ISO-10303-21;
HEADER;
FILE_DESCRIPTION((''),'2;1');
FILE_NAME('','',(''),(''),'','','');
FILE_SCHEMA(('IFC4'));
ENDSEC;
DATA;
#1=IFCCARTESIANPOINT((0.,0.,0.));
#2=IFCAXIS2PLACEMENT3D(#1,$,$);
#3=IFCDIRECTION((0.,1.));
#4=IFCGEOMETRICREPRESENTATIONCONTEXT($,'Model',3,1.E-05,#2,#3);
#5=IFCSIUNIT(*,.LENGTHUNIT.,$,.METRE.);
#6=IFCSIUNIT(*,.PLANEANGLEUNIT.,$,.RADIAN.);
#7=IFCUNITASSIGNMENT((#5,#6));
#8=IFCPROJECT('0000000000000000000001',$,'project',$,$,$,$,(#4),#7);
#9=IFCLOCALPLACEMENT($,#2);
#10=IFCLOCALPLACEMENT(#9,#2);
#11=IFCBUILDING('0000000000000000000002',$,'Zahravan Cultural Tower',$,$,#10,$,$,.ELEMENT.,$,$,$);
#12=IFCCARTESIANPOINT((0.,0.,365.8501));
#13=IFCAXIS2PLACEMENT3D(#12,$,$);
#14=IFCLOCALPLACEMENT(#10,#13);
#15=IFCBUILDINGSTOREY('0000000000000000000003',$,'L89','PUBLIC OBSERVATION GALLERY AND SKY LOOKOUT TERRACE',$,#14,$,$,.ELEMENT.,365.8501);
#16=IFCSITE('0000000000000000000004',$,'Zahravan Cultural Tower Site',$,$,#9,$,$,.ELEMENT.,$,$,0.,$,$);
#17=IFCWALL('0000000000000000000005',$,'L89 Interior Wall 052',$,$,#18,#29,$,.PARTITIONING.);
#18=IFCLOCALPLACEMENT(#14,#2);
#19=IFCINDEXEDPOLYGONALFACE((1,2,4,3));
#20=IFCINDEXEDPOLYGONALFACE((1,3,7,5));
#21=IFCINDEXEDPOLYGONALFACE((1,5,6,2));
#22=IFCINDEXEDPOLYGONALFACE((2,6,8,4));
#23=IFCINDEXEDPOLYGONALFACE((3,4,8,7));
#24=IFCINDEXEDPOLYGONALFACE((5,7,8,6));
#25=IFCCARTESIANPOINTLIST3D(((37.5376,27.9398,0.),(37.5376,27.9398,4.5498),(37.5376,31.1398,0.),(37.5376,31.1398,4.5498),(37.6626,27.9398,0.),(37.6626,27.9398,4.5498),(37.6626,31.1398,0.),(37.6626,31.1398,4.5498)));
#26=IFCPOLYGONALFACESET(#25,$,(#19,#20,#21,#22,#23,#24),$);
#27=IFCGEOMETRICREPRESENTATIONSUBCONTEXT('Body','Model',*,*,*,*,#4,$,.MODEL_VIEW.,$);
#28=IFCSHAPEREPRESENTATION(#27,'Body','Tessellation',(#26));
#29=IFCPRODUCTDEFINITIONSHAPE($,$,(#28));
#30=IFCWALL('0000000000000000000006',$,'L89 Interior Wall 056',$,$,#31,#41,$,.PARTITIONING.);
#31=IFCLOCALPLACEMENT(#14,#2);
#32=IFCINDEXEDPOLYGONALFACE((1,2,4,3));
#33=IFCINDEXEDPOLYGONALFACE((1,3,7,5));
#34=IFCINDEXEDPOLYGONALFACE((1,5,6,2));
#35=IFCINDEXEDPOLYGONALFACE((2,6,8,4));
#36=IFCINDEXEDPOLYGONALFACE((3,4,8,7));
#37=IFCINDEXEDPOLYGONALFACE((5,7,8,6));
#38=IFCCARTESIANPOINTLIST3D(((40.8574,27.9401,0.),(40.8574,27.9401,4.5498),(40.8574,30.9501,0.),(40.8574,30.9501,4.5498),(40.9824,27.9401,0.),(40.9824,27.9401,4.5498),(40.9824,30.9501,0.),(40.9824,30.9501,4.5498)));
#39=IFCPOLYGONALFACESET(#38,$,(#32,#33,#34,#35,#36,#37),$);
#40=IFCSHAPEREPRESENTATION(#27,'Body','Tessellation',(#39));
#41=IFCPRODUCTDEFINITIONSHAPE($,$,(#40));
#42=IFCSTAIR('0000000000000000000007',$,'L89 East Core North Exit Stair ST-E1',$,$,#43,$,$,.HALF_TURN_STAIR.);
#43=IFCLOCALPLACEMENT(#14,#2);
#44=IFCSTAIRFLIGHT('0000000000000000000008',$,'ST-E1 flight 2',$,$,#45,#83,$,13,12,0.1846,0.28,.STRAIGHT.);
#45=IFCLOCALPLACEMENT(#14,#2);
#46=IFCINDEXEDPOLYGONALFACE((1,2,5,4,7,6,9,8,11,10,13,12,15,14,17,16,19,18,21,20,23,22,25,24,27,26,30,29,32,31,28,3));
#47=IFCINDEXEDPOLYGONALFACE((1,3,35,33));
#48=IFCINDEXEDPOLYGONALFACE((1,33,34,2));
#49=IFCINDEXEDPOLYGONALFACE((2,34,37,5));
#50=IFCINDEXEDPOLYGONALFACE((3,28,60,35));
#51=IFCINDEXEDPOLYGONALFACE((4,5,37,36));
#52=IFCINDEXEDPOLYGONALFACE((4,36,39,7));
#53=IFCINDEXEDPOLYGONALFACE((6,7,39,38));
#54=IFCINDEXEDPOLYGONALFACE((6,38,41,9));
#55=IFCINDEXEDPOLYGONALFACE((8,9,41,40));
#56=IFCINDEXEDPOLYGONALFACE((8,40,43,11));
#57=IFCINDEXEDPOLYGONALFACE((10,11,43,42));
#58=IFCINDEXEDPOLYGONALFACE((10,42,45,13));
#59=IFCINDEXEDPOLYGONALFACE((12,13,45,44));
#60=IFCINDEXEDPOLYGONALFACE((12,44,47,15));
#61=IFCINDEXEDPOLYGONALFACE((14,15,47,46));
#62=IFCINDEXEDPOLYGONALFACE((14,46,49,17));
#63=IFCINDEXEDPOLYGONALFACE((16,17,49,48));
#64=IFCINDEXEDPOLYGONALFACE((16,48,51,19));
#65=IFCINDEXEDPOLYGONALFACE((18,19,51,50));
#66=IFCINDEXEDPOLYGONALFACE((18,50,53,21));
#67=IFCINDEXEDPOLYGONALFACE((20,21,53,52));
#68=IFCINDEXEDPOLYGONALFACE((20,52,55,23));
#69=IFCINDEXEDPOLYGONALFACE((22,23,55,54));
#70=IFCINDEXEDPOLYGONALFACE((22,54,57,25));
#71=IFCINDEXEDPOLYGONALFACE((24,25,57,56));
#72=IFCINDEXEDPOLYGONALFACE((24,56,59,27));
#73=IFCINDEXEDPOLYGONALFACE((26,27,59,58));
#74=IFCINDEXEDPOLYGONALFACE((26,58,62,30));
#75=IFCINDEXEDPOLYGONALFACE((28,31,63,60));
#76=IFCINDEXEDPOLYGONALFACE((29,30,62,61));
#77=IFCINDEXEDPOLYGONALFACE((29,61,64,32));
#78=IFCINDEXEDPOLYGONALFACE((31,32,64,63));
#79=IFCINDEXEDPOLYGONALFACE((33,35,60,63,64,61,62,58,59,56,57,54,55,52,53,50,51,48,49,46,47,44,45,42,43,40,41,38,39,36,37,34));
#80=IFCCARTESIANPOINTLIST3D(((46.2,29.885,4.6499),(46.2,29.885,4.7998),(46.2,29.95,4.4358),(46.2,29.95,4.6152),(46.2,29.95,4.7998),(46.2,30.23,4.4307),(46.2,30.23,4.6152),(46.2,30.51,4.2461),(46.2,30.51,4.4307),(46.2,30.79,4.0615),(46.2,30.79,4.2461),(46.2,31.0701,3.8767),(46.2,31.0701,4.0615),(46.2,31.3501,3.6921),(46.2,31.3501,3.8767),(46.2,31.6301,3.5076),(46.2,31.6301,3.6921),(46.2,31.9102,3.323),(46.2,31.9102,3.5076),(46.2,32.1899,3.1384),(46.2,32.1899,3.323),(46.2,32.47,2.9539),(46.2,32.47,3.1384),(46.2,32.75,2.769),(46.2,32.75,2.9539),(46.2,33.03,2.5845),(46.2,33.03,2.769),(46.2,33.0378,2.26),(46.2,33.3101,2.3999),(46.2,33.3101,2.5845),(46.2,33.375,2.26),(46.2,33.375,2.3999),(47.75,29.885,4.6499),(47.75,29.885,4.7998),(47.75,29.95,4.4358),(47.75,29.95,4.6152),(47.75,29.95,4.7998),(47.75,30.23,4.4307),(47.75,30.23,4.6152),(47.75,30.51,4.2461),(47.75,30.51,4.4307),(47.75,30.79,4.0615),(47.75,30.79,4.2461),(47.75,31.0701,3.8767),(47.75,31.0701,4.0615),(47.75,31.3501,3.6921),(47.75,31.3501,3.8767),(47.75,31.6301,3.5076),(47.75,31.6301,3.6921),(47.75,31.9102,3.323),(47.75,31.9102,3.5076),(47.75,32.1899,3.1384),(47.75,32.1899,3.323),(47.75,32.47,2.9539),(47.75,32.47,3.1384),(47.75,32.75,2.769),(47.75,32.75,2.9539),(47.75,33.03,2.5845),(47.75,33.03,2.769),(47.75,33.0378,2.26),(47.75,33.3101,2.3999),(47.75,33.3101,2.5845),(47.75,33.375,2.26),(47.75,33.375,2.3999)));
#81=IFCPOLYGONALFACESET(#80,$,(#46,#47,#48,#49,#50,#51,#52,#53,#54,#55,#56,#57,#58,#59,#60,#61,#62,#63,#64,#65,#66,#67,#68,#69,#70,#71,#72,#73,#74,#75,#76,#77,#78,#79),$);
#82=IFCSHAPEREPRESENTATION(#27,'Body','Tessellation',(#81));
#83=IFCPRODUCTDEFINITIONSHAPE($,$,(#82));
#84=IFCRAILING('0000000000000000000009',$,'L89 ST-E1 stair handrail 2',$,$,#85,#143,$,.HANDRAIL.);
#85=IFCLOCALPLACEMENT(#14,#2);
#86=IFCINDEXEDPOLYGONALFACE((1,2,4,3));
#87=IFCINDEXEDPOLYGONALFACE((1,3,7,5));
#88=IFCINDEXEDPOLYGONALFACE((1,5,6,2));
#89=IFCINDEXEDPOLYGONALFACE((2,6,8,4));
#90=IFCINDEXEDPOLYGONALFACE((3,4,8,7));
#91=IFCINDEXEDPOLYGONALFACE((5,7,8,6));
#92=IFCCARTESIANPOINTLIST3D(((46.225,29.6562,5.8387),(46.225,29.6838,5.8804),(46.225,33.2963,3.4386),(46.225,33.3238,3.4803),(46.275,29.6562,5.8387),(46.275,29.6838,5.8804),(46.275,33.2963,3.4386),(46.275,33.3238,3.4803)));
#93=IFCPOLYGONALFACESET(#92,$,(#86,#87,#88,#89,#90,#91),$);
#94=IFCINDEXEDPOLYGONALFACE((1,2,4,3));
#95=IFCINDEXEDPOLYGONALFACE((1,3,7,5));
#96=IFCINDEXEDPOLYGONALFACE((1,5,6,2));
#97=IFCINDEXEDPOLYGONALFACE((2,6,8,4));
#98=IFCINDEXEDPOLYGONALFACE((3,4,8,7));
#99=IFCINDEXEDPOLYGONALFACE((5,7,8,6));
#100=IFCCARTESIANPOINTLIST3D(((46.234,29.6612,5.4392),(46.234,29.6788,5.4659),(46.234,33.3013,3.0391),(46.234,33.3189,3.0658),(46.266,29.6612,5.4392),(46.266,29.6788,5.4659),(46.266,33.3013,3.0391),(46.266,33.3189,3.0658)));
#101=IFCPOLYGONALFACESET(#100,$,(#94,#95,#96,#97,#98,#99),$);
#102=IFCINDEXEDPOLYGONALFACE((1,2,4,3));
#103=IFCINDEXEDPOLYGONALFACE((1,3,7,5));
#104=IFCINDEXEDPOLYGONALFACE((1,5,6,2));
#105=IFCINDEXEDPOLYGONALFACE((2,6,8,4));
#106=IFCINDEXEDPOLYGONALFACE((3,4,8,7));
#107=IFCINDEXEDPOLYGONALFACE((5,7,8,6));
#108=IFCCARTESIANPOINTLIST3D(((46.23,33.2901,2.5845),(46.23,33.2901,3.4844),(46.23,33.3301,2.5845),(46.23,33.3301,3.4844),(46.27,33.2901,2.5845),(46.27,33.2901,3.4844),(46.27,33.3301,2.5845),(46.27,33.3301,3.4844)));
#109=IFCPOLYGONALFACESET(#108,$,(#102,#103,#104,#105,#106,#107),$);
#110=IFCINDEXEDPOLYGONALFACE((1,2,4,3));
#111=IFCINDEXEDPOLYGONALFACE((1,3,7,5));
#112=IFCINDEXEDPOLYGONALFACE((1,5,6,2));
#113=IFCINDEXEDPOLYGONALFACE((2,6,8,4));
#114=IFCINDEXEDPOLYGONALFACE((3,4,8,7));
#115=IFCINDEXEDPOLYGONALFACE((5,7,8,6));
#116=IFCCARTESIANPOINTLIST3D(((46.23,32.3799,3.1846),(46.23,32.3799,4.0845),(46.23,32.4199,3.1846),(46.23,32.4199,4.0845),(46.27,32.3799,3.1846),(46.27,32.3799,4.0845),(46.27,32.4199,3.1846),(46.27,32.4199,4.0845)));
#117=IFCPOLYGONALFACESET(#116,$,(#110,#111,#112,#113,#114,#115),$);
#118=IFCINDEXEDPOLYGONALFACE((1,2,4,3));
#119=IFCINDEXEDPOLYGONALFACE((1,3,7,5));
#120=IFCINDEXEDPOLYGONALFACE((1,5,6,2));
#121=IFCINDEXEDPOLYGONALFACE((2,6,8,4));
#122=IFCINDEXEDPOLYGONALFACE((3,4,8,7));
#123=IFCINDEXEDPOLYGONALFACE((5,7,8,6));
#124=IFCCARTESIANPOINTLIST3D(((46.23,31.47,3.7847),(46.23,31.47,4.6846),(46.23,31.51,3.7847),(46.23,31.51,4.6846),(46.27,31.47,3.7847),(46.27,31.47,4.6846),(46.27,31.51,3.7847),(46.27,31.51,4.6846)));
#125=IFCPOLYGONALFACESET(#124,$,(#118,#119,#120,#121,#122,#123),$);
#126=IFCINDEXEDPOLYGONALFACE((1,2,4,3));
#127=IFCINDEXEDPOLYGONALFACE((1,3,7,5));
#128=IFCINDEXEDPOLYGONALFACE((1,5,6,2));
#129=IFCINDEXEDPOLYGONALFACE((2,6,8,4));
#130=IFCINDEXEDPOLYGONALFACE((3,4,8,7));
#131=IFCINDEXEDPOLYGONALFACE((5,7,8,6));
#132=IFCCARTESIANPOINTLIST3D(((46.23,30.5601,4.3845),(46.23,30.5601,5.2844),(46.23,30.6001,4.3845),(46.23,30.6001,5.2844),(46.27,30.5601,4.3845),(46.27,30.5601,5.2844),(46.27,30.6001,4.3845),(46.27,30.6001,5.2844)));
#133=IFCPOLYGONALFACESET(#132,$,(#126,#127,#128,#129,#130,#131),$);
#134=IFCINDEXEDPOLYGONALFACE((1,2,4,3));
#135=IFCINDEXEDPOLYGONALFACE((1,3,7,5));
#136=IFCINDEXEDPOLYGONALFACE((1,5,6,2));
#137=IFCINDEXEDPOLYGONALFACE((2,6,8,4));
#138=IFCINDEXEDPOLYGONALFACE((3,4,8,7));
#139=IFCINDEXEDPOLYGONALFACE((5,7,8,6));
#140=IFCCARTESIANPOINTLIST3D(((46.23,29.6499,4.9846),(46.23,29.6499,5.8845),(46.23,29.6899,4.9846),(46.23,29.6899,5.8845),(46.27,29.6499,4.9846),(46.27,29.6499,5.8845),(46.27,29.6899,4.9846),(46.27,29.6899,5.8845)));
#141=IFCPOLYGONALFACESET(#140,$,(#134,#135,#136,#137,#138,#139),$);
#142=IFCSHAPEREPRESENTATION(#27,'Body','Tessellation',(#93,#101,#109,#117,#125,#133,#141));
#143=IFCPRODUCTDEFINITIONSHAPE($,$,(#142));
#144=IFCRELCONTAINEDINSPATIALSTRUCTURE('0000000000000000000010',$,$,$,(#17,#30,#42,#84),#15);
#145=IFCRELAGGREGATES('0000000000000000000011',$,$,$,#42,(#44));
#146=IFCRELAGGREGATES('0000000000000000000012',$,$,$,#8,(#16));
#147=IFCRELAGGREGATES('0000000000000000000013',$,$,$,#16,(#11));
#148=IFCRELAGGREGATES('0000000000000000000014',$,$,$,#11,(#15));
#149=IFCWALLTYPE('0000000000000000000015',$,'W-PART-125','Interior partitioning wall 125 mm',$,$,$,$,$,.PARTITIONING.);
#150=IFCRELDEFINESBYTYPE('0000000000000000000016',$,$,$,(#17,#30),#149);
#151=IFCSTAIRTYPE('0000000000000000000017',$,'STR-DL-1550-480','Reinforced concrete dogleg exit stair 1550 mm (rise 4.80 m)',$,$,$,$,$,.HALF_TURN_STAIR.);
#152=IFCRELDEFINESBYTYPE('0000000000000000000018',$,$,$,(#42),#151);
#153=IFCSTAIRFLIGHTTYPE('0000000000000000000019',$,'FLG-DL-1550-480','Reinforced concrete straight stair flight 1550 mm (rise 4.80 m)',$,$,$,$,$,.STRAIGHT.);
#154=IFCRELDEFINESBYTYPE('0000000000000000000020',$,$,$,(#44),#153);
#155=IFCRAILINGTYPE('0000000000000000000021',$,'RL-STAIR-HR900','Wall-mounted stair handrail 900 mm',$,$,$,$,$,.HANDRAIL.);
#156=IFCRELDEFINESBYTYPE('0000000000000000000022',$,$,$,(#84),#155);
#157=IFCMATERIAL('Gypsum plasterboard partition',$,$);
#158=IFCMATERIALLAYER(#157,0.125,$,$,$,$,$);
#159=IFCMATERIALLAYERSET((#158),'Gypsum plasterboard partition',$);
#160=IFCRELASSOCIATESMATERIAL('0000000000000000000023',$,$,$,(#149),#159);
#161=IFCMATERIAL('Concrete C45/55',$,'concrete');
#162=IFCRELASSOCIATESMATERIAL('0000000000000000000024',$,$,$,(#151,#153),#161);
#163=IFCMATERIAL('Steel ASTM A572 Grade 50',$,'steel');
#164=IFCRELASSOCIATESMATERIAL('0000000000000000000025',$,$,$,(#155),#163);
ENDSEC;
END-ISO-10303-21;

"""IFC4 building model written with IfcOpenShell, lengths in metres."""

from ifc_helpers import new_model, si_unit, direction, frame, frame_2d, origin, origin_2d, place, context, subcontext, project, spatial, polyline, rectangle, outline, extrude, source, transform, mapped, material, layer, layer_set, type_object, element, aggregate, save


model = new_model("IFC4")

# Units and contexts
model_context = context("Model", 3, precision=1e-05, world=origin(), true_north=direction((0.0, 1.0)))
body_context = subcontext(model_context, "Body", "Model", "MODEL_VIEW")
ifc_project = project(units=[si_unit("LENGTHUNIT", "METRE"), si_unit("PLANEANGLEUNIT", "RADIAN")], contexts=[model_context])

# Site, building, storey
site_placement = place(None, origin())
site = spatial("IfcSite", under=ifc_project, at=site_placement, Name="Zahravan Cultural Tower Site", CompositionType="ELEMENT", RefElevation=0.0)
building_placement = place(site_placement, origin())
building = spatial("IfcBuilding", under=site, at=building_placement, Name="Zahravan Cultural Tower", CompositionType="ELEMENT")
storey_placement = place(building_placement, frame((0.0, 0.0, 365.8501)))
storey = spatial("IfcBuildingStorey", under=building, at=storey_placement, Name="L89", Description="PUBLIC OBSERVATION GALLERY AND SKY LOOKOUT TERRACE", CompositionType="ELEMENT", Elevation=365.8501)

# Shared definitions
ifc_material_1 = material(Name="Concrete C45/55", Category="concrete")
ifc_material_2 = material(Name="Steel ASTM A572 Grade 50", Category="steel")
ifc_material_3 = material(Name="Gypsum plasterboard partition")

# Walls
ifc_layer_1 = layer(ifc_material_3, 0.125)
ifc_layer_set_1 = layer_set([ifc_layer_1], Name="Gypsum plasterboard partition")
wall_type_1 = type_object("IfcWallType", Name="W-PART-125", Description="Interior partitioning wall 125 mm", PredefinedType="PARTITIONING", material=ifc_layer_set_1)
shared_shape_1 = source(origin(), body_context, "Body", "SweptSolid", [
    extrude(rectangle(XDim=3.2, YDim=0.125, at=frame_2d((1.6001, 0.0))), origin(), (0.0, 0.0, 1.0), 4.5498),
])
wall_1_placement = place(storey_placement, frame((37.6001, 31.1399, 0.0), z_axis=(0.0, 0.0, 1.0), x_axis=(0.0, -1.0, 0.0)))
element("IfcWall", 1, at=wall_1_placement, inside=storey, type_object=wall_type_1, Name="L89 Interior Wall 052", PredefinedType="PARTITIONING", context=body_context, shape_type="MappedRepresentation", body=[
    mapped(shared_shape_1, transform((0.0, 0.0, 0.0), x_axis=(1.0, 0.0, 0.0), y_axis=(0.0, 1.0, 0.0), z_axis=(0.0, 0.0, 1.0), scale=1.0)),
])
shared_shape_2 = source(origin(), body_context, "Body", "SweptSolid", [
    extrude(rectangle(XDim=3.01, YDim=0.125, at=frame_2d((1.5049, 0.0))), origin(), (0.0, 0.0, 1.0), 4.5498),
])
wall_2_placement = place(storey_placement, frame((40.9199, 30.95, 0.0), z_axis=(0.0, 0.0, 1.0), x_axis=(0.0, -1.0, 0.0)))
element("IfcWall", 2, at=wall_2_placement, inside=storey, type_object=wall_type_1, Name="L89 Interior Wall 056", PredefinedType="PARTITIONING", context=body_context, shape_type="MappedRepresentation", body=[
    mapped(shared_shape_2, transform((0.0, 0.0, 0.0), x_axis=(1.0, 0.0, 0.0), y_axis=(0.0, 1.0, 0.0), z_axis=(0.0, 0.0, 1.0), scale=1.0)),
])

# Stair, stair flight
stair_type = type_object("IfcStairType", Name="STR-DL-1550-480", Description="Reinforced concrete dogleg exit stair 1550 mm (rise 4.80 m)", PredefinedType="HALF_TURN_STAIR", material=ifc_material_1)
stair_placement = place(storey_placement, origin())
stair = element("IfcStair", 3, at=stair_placement, inside=storey, type_object=stair_type, Name="L89 East Core North Exit Stair ST-E1", PredefinedType="HALF_TURN_STAIR")
stair_flight_type = type_object("IfcStairFlightType", Name="FLG-DL-1550-480", Description="Reinforced concrete straight stair flight 1550 mm (rise 4.80 m)", PredefinedType="STRAIGHT", material=ifc_material_1)
stair_flight_placement = place(storey_placement, frame((46.9751, 33.3101, 2.3999), z_axis=(0.0, 0.0, 1.0), x_axis=(0.0, -1.0, 0.0)))
stair_flight = element("IfcStairFlight", 4, at=stair_flight_placement, type_object=stair_flight_type, Name="ST-E1 flight 2", NumberOfRisers=13, NumberOfTreads=12, PredefinedType="STRAIGHT", RiserHeight=0.1846, TreadLength=0.28, context=body_context, shape_type="SweptSolid", body=[
    extrude(outline(polyline([(-0.0649, -0.1399), (-0.0649, 0.0), (0.0, 0.0), (0.0, 0.1846), (0.28, 0.1846), (0.28, 0.3691), (0.5601, 0.3691), (0.5601, 0.554), (0.8401, 0.554), (0.8401, 0.7385), (1.1201, 0.7385), (1.1201, 0.9231), (1.3999, 0.9231), (1.3999, 1.1077), (1.6799, 1.1077), (1.6799, 1.2922), (1.96, 1.2922), (1.96, 1.4768), (2.24, 1.4768), (2.24, 1.6616), (2.52, 1.6616), (2.52, 1.8462), (2.8, 1.8462), (2.8, 2.0308), (3.0801, 2.0308), (3.0801, 2.2153), (3.3601, 2.2153), (3.3601, 2.3999), (3.425, 2.3999), (3.425, 2.25), (3.3601, 2.0359), (0.2722, -0.1399), (-0.0649, -0.1399)])), frame((0.0, 0.7749, 0.0), z_axis=(0.0, -1.0, 0.0), x_axis=(1.0, 0.0, 0.0)), (0.0, 0.0, 1.0), 1.55),
])
aggregate(stair, [stair_flight])

# Railing
railing_type = type_object("IfcRailingType", Name="RL-STAIR-HR900", Description="Wall-mounted stair handrail 900 mm", PredefinedType="HANDRAIL", material=ifc_material_2)
railing_placement = place(storey_placement, frame((46.25, 33.3101, 2.5845)))
element("IfcRailing", 5, at=railing_placement, inside=storey, type_object=railing_type, Name="L89 ST-E1 stair handrail 2", PredefinedType="HANDRAIL", context=body_context, shape_type="SweptSolid", body=[
    extrude(rectangle(XDim=0.05, YDim=0.05, at=origin_2d()), frame((0.0, 0.0, 0.875), z_axis=(0.0, -0.834856, 0.550468), x_axis=(1.0, 0.0, 0.0)), (0.0, 0.0, 1.0), 4.3601),
    extrude(rectangle(XDim=0.032, YDim=0.032, at=origin_2d()), frame((0.0, 0.0, 0.468), z_axis=(0.0, -0.834856, 0.550468), x_axis=(1.0, 0.0, 0.0)), (0.0, 0.0, 1.0), 4.3601),
    extrude(rectangle(XDim=0.04, YDim=0.04, at=origin_2d()), origin(), (0.0, 0.0, 1.0), 0.8999),
    extrude(rectangle(XDim=0.04, YDim=0.04, at=origin_2d()), frame((0.0, -0.9102, 0.6001)), (0.0, 0.0, 1.0), 0.8999),
    extrude(rectangle(XDim=0.04, YDim=0.04, at=origin_2d()), frame((0.0, -1.8201, 1.2002)), (0.0, 0.0, 1.0), 0.8999),
    extrude(rectangle(XDim=0.04, YDim=0.04, at=origin_2d()), frame((0.0, -2.73, 1.8)), (0.0, 0.0, 1.0), 0.8999),
    extrude(rectangle(XDim=0.04, YDim=0.04, at=origin_2d()), frame((0.0, -3.6401, 2.4001)), (0.0, 0.0, 1.0), 0.8999),
])

save(model, "model.ifc")
